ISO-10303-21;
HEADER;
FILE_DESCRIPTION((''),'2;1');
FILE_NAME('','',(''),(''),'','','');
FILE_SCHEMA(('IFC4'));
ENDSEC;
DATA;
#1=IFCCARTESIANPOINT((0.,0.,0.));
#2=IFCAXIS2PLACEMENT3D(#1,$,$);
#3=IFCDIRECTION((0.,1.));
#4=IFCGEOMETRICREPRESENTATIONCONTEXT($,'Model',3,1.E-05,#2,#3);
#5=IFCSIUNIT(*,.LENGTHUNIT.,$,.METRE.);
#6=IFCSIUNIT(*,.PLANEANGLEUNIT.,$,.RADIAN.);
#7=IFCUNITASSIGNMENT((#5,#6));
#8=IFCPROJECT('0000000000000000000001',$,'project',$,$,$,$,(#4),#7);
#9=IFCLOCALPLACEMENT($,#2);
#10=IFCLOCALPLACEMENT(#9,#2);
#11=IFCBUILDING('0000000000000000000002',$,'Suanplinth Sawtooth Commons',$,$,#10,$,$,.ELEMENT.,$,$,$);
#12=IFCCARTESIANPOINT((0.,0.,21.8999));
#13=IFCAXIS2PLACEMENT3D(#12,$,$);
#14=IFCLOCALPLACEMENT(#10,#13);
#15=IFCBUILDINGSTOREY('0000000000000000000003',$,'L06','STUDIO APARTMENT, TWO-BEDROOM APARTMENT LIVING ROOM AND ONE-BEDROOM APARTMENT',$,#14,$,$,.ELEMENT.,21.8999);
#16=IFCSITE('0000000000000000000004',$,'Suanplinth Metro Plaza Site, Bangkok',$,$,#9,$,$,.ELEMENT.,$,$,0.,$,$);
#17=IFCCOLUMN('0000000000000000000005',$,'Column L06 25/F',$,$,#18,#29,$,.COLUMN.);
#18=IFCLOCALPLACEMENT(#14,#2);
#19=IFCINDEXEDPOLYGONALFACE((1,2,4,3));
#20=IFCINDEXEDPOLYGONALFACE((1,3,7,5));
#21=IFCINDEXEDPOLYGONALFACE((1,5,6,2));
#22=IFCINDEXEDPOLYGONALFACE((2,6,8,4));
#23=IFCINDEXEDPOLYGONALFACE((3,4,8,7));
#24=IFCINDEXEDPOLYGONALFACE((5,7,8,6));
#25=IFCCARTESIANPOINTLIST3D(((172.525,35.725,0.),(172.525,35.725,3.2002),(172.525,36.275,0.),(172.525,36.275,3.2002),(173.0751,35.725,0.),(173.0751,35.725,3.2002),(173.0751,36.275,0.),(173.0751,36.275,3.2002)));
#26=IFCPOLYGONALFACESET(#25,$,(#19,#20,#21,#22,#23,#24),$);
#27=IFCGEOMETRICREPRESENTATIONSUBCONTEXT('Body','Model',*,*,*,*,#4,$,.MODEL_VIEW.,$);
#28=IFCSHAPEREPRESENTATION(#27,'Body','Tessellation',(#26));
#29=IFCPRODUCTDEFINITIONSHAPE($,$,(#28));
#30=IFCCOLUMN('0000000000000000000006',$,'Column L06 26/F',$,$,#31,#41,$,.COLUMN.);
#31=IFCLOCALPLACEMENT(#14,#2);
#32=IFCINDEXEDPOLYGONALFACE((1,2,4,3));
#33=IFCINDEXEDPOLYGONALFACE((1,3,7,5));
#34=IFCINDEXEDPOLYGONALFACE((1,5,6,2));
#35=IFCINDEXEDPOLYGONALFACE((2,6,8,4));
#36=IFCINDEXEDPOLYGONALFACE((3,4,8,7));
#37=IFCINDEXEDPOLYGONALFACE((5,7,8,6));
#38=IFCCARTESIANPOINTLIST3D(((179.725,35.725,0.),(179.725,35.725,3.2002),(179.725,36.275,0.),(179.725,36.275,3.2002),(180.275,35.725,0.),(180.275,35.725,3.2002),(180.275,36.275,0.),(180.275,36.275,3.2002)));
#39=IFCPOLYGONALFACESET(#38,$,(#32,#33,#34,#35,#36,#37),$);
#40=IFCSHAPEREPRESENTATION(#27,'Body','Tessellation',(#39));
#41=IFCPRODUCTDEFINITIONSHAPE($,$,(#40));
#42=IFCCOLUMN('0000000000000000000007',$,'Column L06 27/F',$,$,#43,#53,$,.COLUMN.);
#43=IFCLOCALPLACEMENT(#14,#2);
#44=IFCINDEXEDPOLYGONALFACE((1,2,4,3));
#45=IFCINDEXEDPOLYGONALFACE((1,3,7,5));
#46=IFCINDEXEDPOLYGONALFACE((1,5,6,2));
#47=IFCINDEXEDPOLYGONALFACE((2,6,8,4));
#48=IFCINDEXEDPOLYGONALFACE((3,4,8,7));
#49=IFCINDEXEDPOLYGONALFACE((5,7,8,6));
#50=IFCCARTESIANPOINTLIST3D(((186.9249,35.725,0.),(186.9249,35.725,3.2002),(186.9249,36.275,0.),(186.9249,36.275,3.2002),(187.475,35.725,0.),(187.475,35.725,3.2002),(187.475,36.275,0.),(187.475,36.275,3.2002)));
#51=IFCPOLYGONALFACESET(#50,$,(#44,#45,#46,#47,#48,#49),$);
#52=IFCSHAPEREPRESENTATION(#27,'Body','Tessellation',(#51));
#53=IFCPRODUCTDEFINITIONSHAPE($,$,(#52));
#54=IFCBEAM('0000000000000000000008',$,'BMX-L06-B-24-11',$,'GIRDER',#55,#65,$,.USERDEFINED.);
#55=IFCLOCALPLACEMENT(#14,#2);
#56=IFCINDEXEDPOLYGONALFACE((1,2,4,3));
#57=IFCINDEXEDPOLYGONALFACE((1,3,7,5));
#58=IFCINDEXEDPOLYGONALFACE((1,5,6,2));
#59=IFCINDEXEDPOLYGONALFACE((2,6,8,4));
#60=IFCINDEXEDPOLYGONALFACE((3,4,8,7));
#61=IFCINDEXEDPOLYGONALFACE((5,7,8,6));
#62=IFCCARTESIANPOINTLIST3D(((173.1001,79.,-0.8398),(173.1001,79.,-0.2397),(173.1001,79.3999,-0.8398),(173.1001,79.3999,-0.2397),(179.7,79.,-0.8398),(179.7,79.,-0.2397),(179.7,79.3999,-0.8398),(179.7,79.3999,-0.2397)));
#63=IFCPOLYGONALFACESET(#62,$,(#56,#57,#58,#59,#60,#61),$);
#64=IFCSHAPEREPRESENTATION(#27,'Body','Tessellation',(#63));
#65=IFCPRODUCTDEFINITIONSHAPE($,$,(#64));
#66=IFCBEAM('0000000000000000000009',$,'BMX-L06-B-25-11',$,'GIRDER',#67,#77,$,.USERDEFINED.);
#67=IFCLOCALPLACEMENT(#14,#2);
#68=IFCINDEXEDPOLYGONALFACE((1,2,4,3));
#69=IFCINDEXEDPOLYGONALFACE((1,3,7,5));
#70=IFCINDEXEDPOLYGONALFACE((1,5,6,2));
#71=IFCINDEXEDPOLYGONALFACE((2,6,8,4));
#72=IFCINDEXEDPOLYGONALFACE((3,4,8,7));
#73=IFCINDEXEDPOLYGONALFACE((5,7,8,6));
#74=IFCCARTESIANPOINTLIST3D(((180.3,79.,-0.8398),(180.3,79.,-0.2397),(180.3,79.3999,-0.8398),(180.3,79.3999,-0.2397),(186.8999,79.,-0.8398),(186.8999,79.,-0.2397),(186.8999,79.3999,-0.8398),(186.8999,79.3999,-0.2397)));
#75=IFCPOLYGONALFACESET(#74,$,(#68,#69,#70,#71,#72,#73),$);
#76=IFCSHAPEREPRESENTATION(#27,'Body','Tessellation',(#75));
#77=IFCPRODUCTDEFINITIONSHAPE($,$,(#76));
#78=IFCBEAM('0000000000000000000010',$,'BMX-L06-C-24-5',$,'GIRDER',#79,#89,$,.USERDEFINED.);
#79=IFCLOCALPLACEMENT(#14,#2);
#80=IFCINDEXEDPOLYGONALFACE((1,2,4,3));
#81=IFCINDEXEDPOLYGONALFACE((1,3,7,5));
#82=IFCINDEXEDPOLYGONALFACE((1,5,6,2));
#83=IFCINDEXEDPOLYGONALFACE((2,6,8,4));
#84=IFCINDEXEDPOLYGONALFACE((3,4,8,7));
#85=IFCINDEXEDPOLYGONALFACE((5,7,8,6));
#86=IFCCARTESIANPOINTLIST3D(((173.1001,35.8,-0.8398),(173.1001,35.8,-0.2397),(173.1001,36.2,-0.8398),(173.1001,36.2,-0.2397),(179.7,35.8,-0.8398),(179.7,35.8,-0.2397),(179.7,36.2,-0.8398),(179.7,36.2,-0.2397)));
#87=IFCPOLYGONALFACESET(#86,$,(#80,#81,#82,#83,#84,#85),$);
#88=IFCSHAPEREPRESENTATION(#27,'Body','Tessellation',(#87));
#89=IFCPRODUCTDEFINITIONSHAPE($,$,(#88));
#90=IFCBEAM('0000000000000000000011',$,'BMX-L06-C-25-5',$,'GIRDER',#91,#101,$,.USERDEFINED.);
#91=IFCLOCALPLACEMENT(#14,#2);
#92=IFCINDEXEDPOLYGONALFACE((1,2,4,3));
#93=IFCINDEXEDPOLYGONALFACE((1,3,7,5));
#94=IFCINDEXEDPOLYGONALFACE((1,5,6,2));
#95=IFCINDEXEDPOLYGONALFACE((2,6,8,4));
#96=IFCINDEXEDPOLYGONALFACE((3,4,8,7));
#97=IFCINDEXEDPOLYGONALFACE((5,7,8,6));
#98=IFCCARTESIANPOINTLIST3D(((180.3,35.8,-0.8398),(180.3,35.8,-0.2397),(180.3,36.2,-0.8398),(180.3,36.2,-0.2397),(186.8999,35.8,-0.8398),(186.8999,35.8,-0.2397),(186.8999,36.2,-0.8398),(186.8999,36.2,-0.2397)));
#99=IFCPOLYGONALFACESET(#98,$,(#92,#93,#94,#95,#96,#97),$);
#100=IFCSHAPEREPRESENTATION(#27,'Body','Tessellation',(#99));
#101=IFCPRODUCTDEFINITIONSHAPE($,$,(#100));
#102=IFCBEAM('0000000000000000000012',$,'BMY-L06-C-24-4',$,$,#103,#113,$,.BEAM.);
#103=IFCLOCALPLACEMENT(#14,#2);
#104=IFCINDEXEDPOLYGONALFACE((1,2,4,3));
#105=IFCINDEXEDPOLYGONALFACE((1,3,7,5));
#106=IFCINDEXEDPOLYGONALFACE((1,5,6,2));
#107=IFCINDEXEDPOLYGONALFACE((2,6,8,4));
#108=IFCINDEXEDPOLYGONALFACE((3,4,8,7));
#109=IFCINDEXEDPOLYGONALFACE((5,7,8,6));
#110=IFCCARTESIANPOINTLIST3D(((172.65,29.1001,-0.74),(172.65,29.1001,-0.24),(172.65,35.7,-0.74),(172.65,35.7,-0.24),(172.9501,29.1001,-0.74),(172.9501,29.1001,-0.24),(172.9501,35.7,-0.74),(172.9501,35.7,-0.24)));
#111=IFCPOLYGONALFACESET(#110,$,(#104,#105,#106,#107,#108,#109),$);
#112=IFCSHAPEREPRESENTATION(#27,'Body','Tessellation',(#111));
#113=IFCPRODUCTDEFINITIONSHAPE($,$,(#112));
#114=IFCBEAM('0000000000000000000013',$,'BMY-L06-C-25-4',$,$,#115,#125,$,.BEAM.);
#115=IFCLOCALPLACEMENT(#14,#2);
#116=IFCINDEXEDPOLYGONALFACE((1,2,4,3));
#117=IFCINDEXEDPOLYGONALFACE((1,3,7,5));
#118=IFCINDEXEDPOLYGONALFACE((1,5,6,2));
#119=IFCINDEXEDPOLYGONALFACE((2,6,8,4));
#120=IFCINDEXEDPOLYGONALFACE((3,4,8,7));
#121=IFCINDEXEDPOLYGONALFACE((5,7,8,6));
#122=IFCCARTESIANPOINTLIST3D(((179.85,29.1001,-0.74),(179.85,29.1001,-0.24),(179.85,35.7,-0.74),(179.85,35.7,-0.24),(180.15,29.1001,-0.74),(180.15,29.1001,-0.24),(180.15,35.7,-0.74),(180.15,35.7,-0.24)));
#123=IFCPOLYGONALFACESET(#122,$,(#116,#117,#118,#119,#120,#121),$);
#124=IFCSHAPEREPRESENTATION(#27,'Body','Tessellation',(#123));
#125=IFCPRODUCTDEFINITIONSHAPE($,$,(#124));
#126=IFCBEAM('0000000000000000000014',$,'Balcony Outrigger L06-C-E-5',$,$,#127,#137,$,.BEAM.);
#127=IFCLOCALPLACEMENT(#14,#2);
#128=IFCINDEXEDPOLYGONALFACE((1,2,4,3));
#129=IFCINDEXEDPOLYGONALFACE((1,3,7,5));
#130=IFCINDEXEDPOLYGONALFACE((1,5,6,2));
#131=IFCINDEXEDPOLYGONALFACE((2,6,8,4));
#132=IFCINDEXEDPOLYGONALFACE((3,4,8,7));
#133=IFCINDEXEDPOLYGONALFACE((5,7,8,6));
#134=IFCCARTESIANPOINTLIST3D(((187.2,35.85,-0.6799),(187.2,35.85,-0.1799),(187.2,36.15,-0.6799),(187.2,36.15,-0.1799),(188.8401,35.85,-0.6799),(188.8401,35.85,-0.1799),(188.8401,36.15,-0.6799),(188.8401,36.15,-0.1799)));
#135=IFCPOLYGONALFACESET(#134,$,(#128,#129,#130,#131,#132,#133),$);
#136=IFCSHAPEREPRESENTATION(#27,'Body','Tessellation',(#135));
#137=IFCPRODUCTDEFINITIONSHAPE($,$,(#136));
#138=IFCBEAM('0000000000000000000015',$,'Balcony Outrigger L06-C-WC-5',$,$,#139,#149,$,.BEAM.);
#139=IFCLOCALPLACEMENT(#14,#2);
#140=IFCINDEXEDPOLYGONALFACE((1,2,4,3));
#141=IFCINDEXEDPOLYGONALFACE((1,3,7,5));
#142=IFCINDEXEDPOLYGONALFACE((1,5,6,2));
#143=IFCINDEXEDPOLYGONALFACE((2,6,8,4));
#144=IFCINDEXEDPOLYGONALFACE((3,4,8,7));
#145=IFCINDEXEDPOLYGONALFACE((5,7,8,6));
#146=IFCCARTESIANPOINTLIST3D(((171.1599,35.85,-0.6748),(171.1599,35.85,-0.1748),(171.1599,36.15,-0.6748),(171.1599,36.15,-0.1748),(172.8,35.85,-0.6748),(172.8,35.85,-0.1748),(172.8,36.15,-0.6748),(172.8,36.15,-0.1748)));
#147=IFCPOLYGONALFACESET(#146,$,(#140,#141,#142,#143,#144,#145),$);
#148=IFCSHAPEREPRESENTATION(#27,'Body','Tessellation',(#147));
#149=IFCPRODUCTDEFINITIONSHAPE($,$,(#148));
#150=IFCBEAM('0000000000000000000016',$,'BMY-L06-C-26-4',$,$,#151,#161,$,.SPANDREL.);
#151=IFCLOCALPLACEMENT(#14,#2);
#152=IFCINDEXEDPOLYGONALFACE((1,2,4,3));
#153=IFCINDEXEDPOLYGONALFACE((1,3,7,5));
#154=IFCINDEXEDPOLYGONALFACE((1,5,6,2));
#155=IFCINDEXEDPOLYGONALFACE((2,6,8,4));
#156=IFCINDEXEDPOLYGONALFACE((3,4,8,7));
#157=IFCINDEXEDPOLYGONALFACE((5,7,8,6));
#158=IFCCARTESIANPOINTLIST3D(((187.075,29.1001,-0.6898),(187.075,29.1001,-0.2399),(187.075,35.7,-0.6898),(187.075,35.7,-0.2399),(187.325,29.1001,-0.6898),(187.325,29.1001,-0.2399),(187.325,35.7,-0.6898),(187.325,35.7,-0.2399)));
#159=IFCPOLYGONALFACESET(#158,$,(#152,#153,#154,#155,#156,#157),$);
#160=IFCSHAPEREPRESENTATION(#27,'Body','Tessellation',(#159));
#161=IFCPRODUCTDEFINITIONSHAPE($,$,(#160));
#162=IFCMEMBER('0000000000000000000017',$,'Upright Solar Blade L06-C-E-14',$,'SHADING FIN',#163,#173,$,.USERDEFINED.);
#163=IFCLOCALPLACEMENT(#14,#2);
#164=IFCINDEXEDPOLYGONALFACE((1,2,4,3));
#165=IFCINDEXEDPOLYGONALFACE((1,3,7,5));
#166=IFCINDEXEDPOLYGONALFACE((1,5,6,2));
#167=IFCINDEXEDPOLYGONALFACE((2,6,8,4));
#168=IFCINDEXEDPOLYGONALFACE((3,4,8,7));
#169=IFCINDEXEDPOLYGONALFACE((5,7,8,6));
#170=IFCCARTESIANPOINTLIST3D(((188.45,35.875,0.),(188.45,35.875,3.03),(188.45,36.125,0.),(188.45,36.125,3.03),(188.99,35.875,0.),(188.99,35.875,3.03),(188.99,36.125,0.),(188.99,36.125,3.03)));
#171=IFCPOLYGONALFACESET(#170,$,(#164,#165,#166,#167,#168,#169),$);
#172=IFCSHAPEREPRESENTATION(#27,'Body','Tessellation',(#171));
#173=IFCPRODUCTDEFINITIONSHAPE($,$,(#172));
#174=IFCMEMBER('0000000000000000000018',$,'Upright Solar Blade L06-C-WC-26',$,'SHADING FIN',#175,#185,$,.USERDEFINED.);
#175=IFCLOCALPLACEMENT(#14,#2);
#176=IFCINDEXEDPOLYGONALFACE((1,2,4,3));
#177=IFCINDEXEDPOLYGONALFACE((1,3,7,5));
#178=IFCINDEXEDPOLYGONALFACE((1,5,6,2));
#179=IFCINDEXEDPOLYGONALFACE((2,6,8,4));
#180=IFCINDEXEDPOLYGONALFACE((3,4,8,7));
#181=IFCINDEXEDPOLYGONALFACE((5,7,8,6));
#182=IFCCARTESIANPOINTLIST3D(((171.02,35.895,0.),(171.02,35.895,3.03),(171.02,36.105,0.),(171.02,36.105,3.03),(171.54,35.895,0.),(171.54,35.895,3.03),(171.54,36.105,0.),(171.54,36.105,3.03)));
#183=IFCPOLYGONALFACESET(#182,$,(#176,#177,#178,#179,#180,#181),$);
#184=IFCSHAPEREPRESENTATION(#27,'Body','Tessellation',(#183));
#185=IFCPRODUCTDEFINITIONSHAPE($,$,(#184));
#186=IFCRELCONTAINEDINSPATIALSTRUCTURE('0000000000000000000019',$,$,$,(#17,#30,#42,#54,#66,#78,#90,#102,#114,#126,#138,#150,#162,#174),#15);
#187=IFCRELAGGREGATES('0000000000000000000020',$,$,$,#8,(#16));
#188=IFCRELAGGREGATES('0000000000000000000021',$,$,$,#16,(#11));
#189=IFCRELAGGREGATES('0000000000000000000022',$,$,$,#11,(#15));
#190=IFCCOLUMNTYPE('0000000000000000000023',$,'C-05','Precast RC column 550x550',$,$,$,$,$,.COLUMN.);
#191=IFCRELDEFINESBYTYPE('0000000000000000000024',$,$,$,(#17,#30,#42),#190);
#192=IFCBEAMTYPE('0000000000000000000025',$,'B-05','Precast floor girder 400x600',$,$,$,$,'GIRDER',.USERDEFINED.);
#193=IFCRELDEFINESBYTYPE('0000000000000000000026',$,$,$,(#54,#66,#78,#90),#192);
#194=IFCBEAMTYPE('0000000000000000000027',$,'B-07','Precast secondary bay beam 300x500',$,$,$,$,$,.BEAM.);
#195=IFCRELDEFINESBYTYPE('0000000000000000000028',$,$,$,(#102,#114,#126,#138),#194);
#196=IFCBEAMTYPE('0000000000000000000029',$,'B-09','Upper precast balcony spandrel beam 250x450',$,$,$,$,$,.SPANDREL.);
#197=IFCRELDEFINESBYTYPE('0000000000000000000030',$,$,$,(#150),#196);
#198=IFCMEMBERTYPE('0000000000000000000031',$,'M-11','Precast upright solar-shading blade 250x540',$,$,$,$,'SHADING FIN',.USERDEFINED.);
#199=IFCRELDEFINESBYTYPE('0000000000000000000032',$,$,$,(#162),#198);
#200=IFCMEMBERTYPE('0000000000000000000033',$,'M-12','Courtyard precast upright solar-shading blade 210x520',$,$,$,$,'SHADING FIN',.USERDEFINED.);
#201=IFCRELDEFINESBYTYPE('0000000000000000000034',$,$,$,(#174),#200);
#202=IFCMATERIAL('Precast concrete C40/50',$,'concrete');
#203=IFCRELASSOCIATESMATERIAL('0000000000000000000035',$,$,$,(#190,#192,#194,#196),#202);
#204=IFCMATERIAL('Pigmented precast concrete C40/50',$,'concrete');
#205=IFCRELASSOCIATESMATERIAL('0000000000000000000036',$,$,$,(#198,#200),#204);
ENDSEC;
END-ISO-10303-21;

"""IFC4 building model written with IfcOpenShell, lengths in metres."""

from ifc_helpers import new_model, si_unit, direction, frame, origin, origin_2d, place, context, subcontext, project, spatial, rectangle, extrude, material, material_profile, profile_set, type_object, element, save


model = new_model("IFC4")

# Units and contexts
model_context = context("Model", 3, precision=1e-05, world=origin(), true_north=direction((0.0, 1.0)))
body_context = subcontext(model_context, "Body", "Model", "MODEL_VIEW")
ifc_project = project(units=[si_unit("LENGTHUNIT", "METRE"), si_unit("PLANEANGLEUNIT", "RADIAN")], contexts=[model_context])

# Site, building, storey
site_placement = place(None, origin())
site = spatial("IfcSite", under=ifc_project, at=site_placement, Name="Suanplinth Metro Plaza Site, Bangkok", CompositionType="ELEMENT", RefElevation=0.0)
building_placement = place(site_placement, origin())
building = spatial("IfcBuilding", under=site, at=building_placement, Name="Suanplinth Sawtooth Commons", CompositionType="ELEMENT")
storey_placement = place(building_placement, frame((0.0, 0.0, 21.8999)))
storey = spatial("IfcBuildingStorey", under=building, at=storey_placement, Name="L06", Description="STUDIO APARTMENT, TWO-BEDROOM APARTMENT LIVING ROOM AND ONE-BEDROOM APARTMENT", CompositionType="ELEMENT", Elevation=21.8999)

# Columns
ifc_material_1 = material(Name="Precast concrete C40/50", Category="concrete")
ifc_material_profile_1 = material_profile(ifc_material_1, rectangle(XDim=0.55, YDim=0.55, at=origin_2d()), Name="PC-COL 550x550")
ifc_profile_set_1 = profile_set([ifc_material_profile_1], Name="Precast concrete C40/50")
column_type = type_object("IfcColumnType", Name="C-05", Description="Precast RC column 550x550", PredefinedType="COLUMN", material=ifc_profile_set_1)
for number, where, z_axis, x_axis, name in (
    (1, (172.8, 36.0, 0.0), (0.0, 0.0, 1.0), (1.0, 0.0, 0.0), "Column L06 25/F"),
    (2, (180.0, 36.0, 0.0), (0.0, 0.0, 1.0), (1.0, 0.0, 0.0), "Column L06 26/F"),
    (3, (187.2, 36.0, 0.0), (0.0, 0.0, 1.0), (1.0, 0.0, 0.0), "Column L06 27/F"),
):
    element("IfcColumn", number, at=place(storey_placement, frame(where, z_axis=z_axis, x_axis=x_axis)), inside=storey, type_object=column_type, Name=name, PredefinedType="COLUMN", context=body_context, shape_type="SweptSolid", body=[
        extrude(rectangle(XDim=0.55, YDim=0.55, at=origin_2d()), origin(), (0.0, 0.0, 1.0), 3.2002),
    ])

# Beams
ifc_material_profile_2 = material_profile(ifc_material_1, rectangle(XDim=0.3999, YDim=0.6001, at=origin_2d()), Name="PC-GDR 400x600")
ifc_profile_set_2 = profile_set([ifc_material_profile_2], Name="Precast concrete C40/50")
beam_type_1 = type_object("IfcBeamType", Name="B-05", Description="Precast floor girder 400x600", ElementType="GIRDER", PredefinedType="USERDEFINED", material=ifc_profile_set_2)
for number, where, z_axis, x_axis, name in (
    (4, (173.1001, 79.2, -0.5398), (1.0, 0.0, 0.0), (0.0, 1.0, 0.0), "BMX-L06-B-24-11"),
    (5, (180.3, 79.2, -0.5398), (1.0, 0.0, 0.0), (0.0, 1.0, 0.0), "BMX-L06-B-25-11"),
    (6, (173.1001, 36.0, -0.5398), (1.0, 0.0, 0.0), (0.0, 1.0, 0.0), "BMX-L06-C-24-5"),
    (7, (180.3, 36.0, -0.5398), (1.0, 0.0, 0.0), (0.0, 1.0, 0.0), "BMX-L06-C-25-5"),
):
    element("IfcBeam", number, at=place(storey_placement, frame(where, z_axis=z_axis, x_axis=x_axis)), inside=storey, type_object=beam_type_1, Name=name, ObjectType="GIRDER", PredefinedType="USERDEFINED", context=body_context, shape_type="SweptSolid", body=[
        extrude(rectangle(XDim=0.3999, YDim=0.6001, at=origin_2d()), origin(), (0.0, 0.0, 1.0), 6.5999),
    ])
ifc_material_profile_3 = material_profile(ifc_material_1, rectangle(XDim=0.3, YDim=0.5, at=origin_2d()), Name="PC-BM 300x500")
ifc_profile_set_3 = profile_set([ifc_material_profile_3], Name="Precast concrete C40/50")
beam_type_2 = type_object("IfcBeamType", Name="B-07", Description="Precast secondary bay beam 300x500", PredefinedType="BEAM", material=ifc_profile_set_3)
for number, where, z_axis, x_axis, name in (
    (8, (172.8, 29.1001, -0.49), (0.0, 1.0, 0.0), (-1.0, 0.0, 0.0), "BMY-L06-C-24-4"),
    (9, (180.0, 29.1001, -0.49), (0.0, 1.0, 0.0), (-1.0, 0.0, 0.0), "BMY-L06-C-25-4"),
):
    element("IfcBeam", number, at=place(storey_placement, frame(where, z_axis=z_axis, x_axis=x_axis)), inside=storey, type_object=beam_type_2, Name=name, PredefinedType="BEAM", context=body_context, shape_type="SweptSolid", body=[
        extrude(rectangle(XDim=0.3, YDim=0.5, at=origin_2d()), origin(), (0.0, 0.0, 1.0), 6.5999),
    ])
for number, where, z_axis, x_axis, name in (
    (10, (187.2, 36.0, -0.4299), (1.0, 0.0, 0.0), (0.0, 1.0, 0.0), "Balcony Outrigger L06-C-E-5"),
    (11, (172.8, 36.0, -0.4248), (-1.0, 0.0, 0.0), (0.0, -1.0, 0.0), "Balcony Outrigger L06-C-WC-5"),
):
    element("IfcBeam", number, at=place(storey_placement, frame(where, z_axis=z_axis, x_axis=x_axis)), inside=storey, type_object=beam_type_2, Name=name, PredefinedType="BEAM", context=body_context, shape_type="SweptSolid", body=[
        extrude(rectangle(XDim=0.3, YDim=0.5, at=origin_2d()), origin(), (0.0, 0.0, 1.0), 1.6401),
    ])
ifc_material_profile_4 = material_profile(ifc_material_1, rectangle(XDim=0.25, YDim=0.45, at=origin_2d()), Name="PC-SP 250x450")
ifc_profile_set_4 = profile_set([ifc_material_profile_4], Name="Precast concrete C40/50")
beam_type_3 = type_object("IfcBeamType", Name="B-09", Description="Upper precast balcony spandrel beam 250x450", PredefinedType="SPANDREL", material=ifc_profile_set_4)
beam_placement = place(storey_placement, frame((187.2, 29.1001, -0.4648), z_axis=(0.0, 1.0, 0.0), x_axis=(-1.0, 0.0, 0.0)))
element("IfcBeam", 12, at=beam_placement, inside=storey, type_object=beam_type_3, Name="BMY-L06-C-26-4", PredefinedType="SPANDREL", context=body_context, shape_type="SweptSolid", body=[
    extrude(rectangle(XDim=0.25, YDim=0.45, at=origin_2d()), origin(), (0.0, 0.0, 1.0), 6.5999),
])

# Members
ifc_material_2 = material(Name="Pigmented precast concrete C40/50", Category="concrete")
ifc_material_profile_5 = material_profile(ifc_material_2, rectangle(XDim=0.25, YDim=0.54, at=origin_2d()), Name="PC-FIN 250x540")
ifc_profile_set_5 = profile_set([ifc_material_profile_5], Name="Pigmented precast concrete C40/50")
member_type_1 = type_object("IfcMemberType", Name="M-11", Description="Precast upright solar-shading blade 250x540", ElementType="SHADING FIN", PredefinedType="USERDEFINED", material=ifc_profile_set_5)
member_1_placement = place(storey_placement, frame((188.72, 36.0, 0.0), z_axis=(0.0, 0.0, 1.0), x_axis=(0.0, 1.0, 0.0)))
element("IfcMember", 13, at=member_1_placement, inside=storey, type_object=member_type_1, Name="Upright Solar Blade L06-C-E-14", ObjectType="SHADING FIN", PredefinedType="USERDEFINED", context=body_context, shape_type="SweptSolid", body=[
    extrude(rectangle(XDim=0.25, YDim=0.54, at=origin_2d()), origin(), (0.0, 0.0, 1.0), 3.03),
])
ifc_material_profile_6 = material_profile(ifc_material_2, rectangle(XDim=0.21, YDim=0.52, at=origin_2d()), Name="PC-FIN 210x520")
ifc_profile_set_6 = profile_set([ifc_material_profile_6], Name="Pigmented precast concrete C40/50")
member_type_2 = type_object("IfcMemberType", Name="M-12", Description="Courtyard precast upright solar-shading blade 210x520", ElementType="SHADING FIN", PredefinedType="USERDEFINED", material=ifc_profile_set_6)
member_2_placement = place(storey_placement, frame((171.28, 36.0, 0.0), z_axis=(0.0, 0.0, 1.0), x_axis=(0.0, 1.0, 0.0)))
element("IfcMember", 14, at=member_2_placement, inside=storey, type_object=member_type_2, Name="Upright Solar Blade L06-C-WC-26", ObjectType="SHADING FIN", PredefinedType="USERDEFINED", context=body_context, shape_type="SweptSolid", body=[
    extrude(rectangle(XDim=0.21, YDim=0.52, at=origin_2d()), origin(), (0.0, 0.0, 1.0), 3.03),
])

save(model, "model.ifc")
